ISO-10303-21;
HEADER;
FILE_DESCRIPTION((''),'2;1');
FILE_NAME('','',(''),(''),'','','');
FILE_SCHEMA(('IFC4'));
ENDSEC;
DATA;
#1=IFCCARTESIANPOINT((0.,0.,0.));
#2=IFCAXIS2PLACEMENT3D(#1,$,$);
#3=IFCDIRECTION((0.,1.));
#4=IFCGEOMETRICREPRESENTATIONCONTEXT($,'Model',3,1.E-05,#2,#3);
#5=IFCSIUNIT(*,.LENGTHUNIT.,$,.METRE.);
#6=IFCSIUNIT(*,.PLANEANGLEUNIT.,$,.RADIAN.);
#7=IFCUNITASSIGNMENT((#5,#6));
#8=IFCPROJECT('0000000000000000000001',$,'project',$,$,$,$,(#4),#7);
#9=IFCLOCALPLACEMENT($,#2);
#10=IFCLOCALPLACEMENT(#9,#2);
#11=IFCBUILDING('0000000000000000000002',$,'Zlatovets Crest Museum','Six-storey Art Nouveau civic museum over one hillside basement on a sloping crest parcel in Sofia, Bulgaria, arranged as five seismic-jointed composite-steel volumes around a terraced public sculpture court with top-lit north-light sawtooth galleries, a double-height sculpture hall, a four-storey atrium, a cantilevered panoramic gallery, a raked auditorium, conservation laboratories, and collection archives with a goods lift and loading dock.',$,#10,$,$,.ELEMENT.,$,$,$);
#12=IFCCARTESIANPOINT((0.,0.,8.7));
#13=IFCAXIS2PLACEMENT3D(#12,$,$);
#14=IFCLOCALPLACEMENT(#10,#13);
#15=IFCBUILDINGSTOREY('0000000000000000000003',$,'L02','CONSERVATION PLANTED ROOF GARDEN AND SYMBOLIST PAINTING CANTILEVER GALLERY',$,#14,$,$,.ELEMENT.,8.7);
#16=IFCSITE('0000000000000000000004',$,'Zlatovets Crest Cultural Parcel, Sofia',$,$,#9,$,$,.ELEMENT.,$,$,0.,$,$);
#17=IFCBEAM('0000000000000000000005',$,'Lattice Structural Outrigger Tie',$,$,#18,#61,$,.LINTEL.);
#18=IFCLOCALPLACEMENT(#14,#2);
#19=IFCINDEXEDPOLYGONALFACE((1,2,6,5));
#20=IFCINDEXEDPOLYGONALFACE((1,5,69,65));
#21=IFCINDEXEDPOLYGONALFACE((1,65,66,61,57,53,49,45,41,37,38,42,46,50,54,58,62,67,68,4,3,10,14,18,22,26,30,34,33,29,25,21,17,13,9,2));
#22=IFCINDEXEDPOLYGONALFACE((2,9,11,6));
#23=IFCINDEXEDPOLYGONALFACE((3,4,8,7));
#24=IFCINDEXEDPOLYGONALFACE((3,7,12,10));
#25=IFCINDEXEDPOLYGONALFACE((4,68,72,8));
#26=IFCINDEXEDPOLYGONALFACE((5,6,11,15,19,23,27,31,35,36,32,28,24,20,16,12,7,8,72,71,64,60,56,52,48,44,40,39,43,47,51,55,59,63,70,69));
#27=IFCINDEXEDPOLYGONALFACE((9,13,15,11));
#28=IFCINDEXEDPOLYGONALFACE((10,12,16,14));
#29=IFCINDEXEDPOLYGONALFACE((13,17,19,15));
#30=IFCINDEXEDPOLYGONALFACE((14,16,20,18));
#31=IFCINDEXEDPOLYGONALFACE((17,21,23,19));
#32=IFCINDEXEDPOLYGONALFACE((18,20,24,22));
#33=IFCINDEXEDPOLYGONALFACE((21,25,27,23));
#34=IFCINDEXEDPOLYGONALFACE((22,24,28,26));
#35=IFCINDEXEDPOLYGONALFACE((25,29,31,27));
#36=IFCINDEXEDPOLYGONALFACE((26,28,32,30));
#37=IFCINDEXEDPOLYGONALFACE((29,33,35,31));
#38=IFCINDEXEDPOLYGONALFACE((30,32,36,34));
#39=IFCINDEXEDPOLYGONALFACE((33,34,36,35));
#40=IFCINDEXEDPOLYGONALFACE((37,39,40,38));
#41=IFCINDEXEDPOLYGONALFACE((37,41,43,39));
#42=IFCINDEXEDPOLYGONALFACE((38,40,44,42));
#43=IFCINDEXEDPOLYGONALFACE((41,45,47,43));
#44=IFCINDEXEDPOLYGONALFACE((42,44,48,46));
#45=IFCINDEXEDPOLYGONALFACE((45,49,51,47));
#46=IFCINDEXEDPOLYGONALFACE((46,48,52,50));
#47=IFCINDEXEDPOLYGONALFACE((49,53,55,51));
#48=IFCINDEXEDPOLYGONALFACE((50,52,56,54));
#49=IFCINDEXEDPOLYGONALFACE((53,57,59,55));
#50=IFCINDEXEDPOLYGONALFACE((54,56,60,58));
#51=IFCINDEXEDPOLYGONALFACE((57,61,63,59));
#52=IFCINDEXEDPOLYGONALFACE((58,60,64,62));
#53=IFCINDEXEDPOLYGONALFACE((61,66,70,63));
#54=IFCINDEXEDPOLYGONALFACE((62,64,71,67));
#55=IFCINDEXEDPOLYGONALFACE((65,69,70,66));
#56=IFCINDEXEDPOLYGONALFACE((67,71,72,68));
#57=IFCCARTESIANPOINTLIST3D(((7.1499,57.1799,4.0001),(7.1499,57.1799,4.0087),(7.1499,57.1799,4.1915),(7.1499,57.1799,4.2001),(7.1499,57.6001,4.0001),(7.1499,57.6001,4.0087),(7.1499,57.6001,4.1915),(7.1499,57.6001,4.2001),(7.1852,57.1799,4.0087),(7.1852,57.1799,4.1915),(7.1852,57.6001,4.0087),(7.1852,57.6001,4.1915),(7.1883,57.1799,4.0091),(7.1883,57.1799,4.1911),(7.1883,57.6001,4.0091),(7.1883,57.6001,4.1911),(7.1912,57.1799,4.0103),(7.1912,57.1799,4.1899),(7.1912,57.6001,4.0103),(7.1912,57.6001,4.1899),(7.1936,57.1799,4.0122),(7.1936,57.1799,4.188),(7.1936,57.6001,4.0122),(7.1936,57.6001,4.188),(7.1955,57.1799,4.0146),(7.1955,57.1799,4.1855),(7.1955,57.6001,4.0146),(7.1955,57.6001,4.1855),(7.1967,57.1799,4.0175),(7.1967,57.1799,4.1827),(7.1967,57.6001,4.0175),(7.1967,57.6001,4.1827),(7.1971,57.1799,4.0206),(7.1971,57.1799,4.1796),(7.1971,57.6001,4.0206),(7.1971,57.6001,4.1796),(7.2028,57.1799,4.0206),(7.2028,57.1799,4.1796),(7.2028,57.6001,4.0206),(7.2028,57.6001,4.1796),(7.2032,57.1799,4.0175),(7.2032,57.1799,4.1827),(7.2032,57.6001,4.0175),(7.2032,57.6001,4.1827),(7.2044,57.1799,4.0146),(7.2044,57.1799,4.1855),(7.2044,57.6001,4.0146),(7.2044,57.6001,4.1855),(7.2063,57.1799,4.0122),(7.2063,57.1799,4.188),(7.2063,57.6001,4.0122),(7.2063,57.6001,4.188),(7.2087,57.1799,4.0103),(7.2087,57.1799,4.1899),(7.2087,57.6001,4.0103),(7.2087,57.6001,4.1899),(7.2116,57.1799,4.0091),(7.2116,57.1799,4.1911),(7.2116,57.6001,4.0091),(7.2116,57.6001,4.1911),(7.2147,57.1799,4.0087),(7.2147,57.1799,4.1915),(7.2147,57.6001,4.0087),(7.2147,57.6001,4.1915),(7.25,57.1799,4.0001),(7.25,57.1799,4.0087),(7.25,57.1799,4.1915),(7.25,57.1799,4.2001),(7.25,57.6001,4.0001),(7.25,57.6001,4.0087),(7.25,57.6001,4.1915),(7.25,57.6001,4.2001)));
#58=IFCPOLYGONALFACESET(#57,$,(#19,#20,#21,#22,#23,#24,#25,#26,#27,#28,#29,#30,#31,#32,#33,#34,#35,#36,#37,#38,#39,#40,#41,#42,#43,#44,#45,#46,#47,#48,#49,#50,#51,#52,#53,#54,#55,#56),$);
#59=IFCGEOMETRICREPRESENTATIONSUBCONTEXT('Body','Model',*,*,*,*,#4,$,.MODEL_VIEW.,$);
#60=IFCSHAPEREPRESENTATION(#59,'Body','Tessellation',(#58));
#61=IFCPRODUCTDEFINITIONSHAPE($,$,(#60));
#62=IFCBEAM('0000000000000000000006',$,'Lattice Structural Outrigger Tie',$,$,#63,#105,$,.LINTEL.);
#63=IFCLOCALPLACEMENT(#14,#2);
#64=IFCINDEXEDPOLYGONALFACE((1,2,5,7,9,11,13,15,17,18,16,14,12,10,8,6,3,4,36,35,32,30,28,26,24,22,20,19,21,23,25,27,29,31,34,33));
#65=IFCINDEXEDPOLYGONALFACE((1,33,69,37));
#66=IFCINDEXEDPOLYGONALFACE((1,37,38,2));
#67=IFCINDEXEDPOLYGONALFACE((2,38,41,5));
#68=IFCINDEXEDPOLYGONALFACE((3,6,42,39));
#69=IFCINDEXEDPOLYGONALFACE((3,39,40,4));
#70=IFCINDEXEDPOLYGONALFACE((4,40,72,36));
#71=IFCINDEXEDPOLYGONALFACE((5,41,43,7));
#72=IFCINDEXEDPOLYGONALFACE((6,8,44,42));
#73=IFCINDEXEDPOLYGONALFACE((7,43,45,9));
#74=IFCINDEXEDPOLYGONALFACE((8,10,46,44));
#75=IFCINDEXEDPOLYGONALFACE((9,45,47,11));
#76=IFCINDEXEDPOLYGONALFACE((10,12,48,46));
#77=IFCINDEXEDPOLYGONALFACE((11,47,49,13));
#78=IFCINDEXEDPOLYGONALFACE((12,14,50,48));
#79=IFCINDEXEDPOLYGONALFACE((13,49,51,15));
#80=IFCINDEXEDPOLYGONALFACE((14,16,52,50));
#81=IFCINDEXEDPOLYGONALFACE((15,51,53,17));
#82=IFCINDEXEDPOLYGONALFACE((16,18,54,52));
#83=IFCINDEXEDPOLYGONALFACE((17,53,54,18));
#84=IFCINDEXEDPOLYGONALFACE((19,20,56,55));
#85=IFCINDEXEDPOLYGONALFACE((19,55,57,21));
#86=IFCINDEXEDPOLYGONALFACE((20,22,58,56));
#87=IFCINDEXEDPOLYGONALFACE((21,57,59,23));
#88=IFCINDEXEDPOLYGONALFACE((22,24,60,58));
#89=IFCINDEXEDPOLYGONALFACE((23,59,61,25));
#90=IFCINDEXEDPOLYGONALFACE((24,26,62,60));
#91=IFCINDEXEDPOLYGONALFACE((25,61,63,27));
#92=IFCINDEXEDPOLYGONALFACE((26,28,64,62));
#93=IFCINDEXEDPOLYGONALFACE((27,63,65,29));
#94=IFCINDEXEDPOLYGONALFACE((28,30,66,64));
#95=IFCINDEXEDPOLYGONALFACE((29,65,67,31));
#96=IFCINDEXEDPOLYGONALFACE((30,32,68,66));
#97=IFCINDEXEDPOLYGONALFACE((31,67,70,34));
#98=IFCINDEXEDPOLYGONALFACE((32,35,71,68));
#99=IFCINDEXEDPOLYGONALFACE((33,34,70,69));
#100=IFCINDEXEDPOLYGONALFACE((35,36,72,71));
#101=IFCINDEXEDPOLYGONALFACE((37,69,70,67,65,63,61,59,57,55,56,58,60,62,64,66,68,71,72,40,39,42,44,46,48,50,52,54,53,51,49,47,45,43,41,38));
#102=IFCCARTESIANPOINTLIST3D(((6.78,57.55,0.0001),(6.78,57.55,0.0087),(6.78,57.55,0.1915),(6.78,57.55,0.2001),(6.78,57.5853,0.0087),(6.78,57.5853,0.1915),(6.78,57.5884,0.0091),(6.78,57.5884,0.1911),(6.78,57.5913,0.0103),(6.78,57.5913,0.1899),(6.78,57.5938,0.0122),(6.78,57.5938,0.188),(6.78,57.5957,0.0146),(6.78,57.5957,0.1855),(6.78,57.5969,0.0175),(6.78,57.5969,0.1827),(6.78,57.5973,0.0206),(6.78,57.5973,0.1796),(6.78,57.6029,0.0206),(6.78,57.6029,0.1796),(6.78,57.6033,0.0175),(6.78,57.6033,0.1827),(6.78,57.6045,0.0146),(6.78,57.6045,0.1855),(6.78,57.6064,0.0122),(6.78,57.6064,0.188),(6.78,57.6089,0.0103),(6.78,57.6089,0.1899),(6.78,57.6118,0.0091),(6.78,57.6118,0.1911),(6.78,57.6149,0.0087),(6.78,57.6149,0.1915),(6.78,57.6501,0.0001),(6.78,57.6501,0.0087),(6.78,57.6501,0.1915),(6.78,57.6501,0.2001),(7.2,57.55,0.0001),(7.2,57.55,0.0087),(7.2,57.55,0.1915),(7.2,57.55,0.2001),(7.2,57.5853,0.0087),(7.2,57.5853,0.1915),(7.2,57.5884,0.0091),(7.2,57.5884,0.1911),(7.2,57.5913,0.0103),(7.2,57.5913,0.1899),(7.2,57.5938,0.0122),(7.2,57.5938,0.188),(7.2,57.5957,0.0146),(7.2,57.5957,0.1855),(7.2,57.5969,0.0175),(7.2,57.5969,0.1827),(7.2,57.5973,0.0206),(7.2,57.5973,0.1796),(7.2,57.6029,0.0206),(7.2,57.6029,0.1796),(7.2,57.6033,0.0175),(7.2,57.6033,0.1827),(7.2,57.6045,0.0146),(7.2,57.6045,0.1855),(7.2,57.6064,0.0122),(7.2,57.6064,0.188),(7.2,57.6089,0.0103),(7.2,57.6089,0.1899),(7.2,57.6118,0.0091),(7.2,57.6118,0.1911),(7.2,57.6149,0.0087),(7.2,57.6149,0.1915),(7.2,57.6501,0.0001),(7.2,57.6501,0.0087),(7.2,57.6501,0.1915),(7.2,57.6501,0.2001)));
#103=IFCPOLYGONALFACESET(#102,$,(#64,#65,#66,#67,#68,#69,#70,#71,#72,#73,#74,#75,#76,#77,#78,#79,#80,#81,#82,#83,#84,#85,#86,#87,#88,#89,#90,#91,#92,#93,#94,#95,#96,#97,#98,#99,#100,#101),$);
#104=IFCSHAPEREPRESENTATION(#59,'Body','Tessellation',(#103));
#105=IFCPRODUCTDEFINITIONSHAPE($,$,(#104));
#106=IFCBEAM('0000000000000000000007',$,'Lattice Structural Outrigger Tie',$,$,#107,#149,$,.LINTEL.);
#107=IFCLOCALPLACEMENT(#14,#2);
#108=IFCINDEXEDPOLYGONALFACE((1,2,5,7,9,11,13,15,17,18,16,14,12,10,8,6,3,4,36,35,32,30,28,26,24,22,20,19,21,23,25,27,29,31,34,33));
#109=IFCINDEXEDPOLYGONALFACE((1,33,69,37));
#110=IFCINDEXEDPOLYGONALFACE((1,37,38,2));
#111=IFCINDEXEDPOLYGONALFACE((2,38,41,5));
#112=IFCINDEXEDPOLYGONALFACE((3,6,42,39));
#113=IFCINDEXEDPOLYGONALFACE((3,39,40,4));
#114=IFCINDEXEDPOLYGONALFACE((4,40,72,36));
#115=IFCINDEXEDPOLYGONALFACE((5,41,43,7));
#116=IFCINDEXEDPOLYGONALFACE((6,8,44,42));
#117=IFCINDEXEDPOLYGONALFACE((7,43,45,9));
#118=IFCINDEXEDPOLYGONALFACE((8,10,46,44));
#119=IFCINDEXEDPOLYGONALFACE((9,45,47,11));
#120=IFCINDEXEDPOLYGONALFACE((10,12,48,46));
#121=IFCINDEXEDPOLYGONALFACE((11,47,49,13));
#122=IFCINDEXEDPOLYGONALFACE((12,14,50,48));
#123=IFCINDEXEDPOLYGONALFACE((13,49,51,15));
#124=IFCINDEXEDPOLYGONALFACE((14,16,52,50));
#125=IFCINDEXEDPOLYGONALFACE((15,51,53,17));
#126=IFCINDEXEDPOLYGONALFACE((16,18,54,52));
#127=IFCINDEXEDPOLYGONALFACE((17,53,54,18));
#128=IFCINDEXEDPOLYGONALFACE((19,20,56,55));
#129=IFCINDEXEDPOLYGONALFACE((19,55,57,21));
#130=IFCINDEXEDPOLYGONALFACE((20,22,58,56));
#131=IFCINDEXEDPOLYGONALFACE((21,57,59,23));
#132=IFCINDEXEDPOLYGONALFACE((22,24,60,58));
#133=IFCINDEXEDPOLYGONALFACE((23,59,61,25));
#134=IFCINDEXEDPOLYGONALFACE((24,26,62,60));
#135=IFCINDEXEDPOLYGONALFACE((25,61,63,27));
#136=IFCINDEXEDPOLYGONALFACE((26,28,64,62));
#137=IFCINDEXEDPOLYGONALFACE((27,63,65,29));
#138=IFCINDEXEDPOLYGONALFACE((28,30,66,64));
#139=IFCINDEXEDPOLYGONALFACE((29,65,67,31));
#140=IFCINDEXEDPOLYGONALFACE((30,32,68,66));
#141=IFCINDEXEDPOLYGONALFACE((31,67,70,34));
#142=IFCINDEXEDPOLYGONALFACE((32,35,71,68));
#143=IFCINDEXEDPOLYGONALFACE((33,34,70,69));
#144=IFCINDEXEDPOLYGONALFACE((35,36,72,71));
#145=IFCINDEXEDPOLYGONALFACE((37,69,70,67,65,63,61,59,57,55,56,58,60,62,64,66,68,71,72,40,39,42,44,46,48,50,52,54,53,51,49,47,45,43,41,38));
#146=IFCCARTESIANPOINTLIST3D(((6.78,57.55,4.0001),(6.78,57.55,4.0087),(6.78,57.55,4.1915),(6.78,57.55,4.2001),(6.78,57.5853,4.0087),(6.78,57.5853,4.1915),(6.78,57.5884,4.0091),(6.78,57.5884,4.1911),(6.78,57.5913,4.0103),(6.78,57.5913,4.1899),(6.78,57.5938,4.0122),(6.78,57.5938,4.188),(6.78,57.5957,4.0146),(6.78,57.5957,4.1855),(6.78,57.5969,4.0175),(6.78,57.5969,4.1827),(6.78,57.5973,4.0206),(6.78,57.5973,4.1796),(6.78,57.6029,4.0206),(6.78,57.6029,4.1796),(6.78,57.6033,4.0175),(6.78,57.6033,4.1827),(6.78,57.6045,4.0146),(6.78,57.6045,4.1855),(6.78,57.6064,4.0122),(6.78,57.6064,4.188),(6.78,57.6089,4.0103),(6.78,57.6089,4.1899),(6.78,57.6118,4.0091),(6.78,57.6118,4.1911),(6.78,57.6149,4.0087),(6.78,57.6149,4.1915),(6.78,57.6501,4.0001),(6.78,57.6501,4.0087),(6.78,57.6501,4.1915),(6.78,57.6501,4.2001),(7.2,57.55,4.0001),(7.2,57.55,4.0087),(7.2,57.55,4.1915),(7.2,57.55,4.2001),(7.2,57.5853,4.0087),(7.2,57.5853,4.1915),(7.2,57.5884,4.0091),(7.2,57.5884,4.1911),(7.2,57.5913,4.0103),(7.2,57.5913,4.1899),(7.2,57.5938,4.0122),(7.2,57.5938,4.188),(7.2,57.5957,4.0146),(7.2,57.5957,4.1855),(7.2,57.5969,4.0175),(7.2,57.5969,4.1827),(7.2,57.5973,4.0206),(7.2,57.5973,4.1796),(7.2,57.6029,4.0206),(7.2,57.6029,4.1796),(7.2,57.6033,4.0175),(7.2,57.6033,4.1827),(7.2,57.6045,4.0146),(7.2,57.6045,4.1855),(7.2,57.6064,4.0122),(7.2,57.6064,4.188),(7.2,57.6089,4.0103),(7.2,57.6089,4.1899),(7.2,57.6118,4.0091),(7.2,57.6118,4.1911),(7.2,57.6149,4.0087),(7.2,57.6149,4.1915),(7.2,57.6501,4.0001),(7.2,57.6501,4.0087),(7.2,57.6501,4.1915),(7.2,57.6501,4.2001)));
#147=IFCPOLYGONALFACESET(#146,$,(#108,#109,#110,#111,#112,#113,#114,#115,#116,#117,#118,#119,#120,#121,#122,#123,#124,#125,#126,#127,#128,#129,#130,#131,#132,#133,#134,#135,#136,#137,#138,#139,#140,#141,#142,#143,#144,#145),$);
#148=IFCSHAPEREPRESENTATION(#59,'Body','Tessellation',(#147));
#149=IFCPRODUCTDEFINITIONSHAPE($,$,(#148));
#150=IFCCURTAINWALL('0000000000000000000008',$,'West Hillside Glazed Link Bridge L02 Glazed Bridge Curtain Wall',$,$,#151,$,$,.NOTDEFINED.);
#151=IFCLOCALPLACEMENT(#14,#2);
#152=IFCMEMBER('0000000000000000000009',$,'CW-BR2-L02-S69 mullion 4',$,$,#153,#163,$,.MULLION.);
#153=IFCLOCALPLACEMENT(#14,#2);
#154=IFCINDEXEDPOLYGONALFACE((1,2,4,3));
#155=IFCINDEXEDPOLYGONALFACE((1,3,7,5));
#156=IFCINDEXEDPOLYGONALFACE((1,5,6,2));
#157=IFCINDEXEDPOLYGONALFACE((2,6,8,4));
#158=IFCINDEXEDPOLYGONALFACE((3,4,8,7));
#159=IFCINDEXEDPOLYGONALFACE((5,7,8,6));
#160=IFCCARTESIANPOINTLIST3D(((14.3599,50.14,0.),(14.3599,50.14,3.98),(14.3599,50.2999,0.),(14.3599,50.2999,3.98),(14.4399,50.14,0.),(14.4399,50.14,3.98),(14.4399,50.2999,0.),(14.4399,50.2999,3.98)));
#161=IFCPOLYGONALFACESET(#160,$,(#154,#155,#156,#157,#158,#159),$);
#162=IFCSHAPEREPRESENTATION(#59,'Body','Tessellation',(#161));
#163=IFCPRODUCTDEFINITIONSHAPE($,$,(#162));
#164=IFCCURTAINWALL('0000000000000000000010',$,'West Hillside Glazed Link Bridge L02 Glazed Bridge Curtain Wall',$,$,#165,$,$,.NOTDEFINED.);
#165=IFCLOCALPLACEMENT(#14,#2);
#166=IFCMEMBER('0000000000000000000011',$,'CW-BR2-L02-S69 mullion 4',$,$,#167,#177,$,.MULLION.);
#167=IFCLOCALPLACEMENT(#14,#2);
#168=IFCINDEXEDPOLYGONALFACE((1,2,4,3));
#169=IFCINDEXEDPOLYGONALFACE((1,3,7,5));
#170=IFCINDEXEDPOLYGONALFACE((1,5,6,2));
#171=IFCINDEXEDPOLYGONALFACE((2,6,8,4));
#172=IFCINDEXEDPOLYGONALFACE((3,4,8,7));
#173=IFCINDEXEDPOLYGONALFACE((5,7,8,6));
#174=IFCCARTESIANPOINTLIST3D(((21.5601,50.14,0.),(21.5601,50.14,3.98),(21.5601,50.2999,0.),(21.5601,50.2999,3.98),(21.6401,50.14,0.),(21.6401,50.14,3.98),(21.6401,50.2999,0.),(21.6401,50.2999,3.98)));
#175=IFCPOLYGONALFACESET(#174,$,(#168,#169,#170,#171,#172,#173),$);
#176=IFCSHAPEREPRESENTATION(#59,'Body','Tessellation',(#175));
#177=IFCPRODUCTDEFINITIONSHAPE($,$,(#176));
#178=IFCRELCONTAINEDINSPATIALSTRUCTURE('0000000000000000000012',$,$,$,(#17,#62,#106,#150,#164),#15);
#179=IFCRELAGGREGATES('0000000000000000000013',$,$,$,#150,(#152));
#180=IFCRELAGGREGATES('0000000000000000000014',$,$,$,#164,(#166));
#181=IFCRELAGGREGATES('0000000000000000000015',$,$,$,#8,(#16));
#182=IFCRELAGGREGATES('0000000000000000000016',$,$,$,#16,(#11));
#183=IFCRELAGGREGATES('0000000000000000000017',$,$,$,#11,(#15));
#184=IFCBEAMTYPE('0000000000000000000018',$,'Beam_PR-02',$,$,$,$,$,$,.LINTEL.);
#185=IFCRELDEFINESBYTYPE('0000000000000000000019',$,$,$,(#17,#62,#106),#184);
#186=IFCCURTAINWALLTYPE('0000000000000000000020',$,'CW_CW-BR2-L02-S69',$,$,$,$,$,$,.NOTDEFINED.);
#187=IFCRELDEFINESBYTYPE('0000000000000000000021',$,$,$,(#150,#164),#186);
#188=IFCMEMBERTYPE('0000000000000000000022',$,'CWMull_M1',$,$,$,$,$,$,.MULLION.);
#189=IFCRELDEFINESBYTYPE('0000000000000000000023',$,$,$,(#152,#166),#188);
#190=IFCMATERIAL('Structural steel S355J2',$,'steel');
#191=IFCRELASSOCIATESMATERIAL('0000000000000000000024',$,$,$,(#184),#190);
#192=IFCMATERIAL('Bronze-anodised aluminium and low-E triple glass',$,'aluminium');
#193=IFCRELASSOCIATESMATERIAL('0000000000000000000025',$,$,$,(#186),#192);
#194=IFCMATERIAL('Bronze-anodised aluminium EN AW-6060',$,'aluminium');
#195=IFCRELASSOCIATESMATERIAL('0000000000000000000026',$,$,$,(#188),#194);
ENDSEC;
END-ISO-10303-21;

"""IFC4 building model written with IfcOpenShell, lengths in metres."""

from ifc_helpers import new_model, si_unit, direction, frame, origin, origin_2d, place, context, subcontext, project, spatial, rectangle, i_section, extrude, material, material_profile, profile_set, type_object, element, aggregate, save


model = new_model("IFC4")

# Units and contexts
model_context = context("Model", 3, precision=1e-05, world=origin(), true_north=direction((0.0, 1.0)))
body_context = subcontext(model_context, "Body", "Model", "MODEL_VIEW")
ifc_project = project(units=[si_unit("LENGTHUNIT", "METRE"), si_unit("PLANEANGLEUNIT", "RADIAN")], contexts=[model_context])

# Site, building, storey
site_placement = place(None, origin())
site = spatial("IfcSite", under=ifc_project, at=site_placement, Name="Zlatovets Crest Cultural Parcel, Sofia", CompositionType="ELEMENT", RefElevation=0.0)
building_placement = place(site_placement, origin())
building = spatial("IfcBuilding", under=site, at=building_placement, Name="Zlatovets Crest Museum", Description="Six-storey Art Nouveau civic museum over one hillside basement on a sloping crest parcel in Sofia, Bulgaria, arranged as five seismic-jointed composite-steel volumes around a terraced public sculpture court with top-lit north-light sawtooth galleries, a double-height sculpture hall, a four-storey atrium, a cantilevered panoramic gallery, a raked auditorium, conservation laboratories, and collection archives with a goods lift and loading dock.", CompositionType="ELEMENT")
storey_placement = place(building_placement, frame((0.0, 0.0, 8.7)))
storey = spatial("IfcBuildingStorey", under=building, at=storey_placement, Name="L02", Description="CONSERVATION PLANTED ROOF GARDEN AND SYMBOLIST PAINTING CANTILEVER GALLERY", CompositionType="ELEMENT", Elevation=8.7)

# Shared definitions
ifc_material_1 = material(Name="Structural steel S355J2", Category="steel")

# Beams
ifc_material_profile_1 = material_profile(ifc_material_1, i_section(OverallWidth=0.1001, OverallDepth=0.2, WebThickness=0.0056, FlangeThickness=0.0085, FilletRadius=0.012, at=origin_2d()), Name="IPE 200")
ifc_profile_set_1 = profile_set([ifc_material_profile_1], Name="Structural steel S355J2")
beam_type_1 = type_object("IfcBeamType", Name="Beam_PR-02", PredefinedType="LINTEL", material=ifc_profile_set_1)
for number, where, z_axis, x_axis, name in (
    (1, (7.2, 57.6001, 4.1001), (0.0, -1.0, 0.0), (1.0, 0.0, 0.0), "Lattice Structural Outrigger Tie"),
):
    element("IfcBeam", number, at=place(storey_placement, frame(where, z_axis=z_axis, x_axis=x_axis)), inside=storey, type_object=beam_type_1, Name=name, PredefinedType="LINTEL", context=body_context, shape_type="SweptSolid", body=[
        extrude(i_section(OverallWidth=0.1001, OverallDepth=0.2, WebThickness=0.0056, FlangeThickness=0.0085, FilletRadius=0.012, at=origin_2d()), origin(), (0.0, 0.0, 1.0), 0.4202),
    ])
for number, where, z_axis, x_axis, name in (
    (2, (7.2, 57.6001, 0.1001), (-1.0, 0.0, 0.0), (0.0, -1.0, 0.0), "Lattice Structural Outrigger Tie"),
    (3, (7.2, 57.6001, 4.1001), (-1.0, 0.0, 0.0), (0.0, -1.0, 0.0), "Lattice Structural Outrigger Tie"),
):
    element("IfcBeam", number, at=place(storey_placement, frame(where, z_axis=z_axis, x_axis=x_axis)), inside=storey, type_object=beam_type_1, Name=name, PredefinedType="LINTEL", context=body_context, shape_type="SweptSolid", body=[
        extrude(i_section(OverallWidth=0.1001, OverallDepth=0.2, WebThickness=0.0056, FlangeThickness=0.0085, FilletRadius=0.012, at=origin_2d()), origin(), (0.0, 0.0, 1.0), 0.4199),
    ])

# Curtain walls, members
ifc_material_2 = material(Name="Bronze-anodised aluminium and low-E triple glass", Category="aluminium")
curtain_wall_type = type_object("IfcCurtainWallType", Name="CW_CW-BR2-L02-S69", PredefinedType="NOTDEFINED", material=ifc_material_2)
curtain_wall_1_placement = place(storey_placement, origin())
curtain_wall_1 = element("IfcCurtainWall", 4, at=curtain_wall_1_placement, inside=storey, type_object=curtain_wall_type, Name="West Hillside Glazed Link Bridge L02 Glazed Bridge Curtain Wall", PredefinedType="NOTDEFINED")
ifc_material_3 = material(Name="Bronze-anodised aluminium EN AW-6060", Category="aluminium")
ifc_material_profile_2 = material_profile(ifc_material_3, rectangle(XDim=0.0801, YDim=0.1599, at=origin_2d()), Name="ALU 80x160")
ifc_profile_set_2 = profile_set([ifc_material_profile_2], Name="Bronze-anodised aluminium EN AW-6060")
member_type_1 = type_object("IfcMemberType", Name="CWMull_M1", PredefinedType="MULLION", material=ifc_profile_set_2)
member_1_placement = place(storey_placement, frame((14.3999, 50.22, 0.0), z_axis=(0.0, 0.0, 1.0), x_axis=(-1.0, 0.0, 0.0)))
member_1 = element("IfcMember", 5, at=member_1_placement, type_object=member_type_1, Name="CW-BR2-L02-S69 mullion 4", PredefinedType="MULLION", context=body_context, shape_type="SweptSolid", body=[
    extrude(rectangle(XDim=0.0801, YDim=0.1599, at=origin_2d()), origin(), (0.0, 0.0, 1.0), 3.98),
])
aggregate(curtain_wall_1, [member_1])
curtain_wall_2_placement = place(storey_placement, origin())
curtain_wall_2 = element("IfcCurtainWall", 6, at=curtain_wall_2_placement, inside=storey, type_object=curtain_wall_type, Name="West Hillside Glazed Link Bridge L02 Glazed Bridge Curtain Wall", PredefinedType="NOTDEFINED")
member_2_placement = place(storey_placement, frame((21.6001, 50.22, 0.0), z_axis=(0.0, 0.0, 1.0), x_axis=(-1.0, 0.0, 0.0)))
member_2 = element("IfcMember", 7, at=member_2_placement, type_object=member_type_1, Name="CW-BR2-L02-S69 mullion 4", PredefinedType="MULLION", context=body_context, shape_type="SweptSolid", body=[
    extrude(rectangle(XDim=0.0801, YDim=0.1599, at=origin_2d()), origin(), (0.0, 0.0, 1.0), 3.98),
])
aggregate(curtain_wall_2, [member_2])

save(model, "model.ifc")
